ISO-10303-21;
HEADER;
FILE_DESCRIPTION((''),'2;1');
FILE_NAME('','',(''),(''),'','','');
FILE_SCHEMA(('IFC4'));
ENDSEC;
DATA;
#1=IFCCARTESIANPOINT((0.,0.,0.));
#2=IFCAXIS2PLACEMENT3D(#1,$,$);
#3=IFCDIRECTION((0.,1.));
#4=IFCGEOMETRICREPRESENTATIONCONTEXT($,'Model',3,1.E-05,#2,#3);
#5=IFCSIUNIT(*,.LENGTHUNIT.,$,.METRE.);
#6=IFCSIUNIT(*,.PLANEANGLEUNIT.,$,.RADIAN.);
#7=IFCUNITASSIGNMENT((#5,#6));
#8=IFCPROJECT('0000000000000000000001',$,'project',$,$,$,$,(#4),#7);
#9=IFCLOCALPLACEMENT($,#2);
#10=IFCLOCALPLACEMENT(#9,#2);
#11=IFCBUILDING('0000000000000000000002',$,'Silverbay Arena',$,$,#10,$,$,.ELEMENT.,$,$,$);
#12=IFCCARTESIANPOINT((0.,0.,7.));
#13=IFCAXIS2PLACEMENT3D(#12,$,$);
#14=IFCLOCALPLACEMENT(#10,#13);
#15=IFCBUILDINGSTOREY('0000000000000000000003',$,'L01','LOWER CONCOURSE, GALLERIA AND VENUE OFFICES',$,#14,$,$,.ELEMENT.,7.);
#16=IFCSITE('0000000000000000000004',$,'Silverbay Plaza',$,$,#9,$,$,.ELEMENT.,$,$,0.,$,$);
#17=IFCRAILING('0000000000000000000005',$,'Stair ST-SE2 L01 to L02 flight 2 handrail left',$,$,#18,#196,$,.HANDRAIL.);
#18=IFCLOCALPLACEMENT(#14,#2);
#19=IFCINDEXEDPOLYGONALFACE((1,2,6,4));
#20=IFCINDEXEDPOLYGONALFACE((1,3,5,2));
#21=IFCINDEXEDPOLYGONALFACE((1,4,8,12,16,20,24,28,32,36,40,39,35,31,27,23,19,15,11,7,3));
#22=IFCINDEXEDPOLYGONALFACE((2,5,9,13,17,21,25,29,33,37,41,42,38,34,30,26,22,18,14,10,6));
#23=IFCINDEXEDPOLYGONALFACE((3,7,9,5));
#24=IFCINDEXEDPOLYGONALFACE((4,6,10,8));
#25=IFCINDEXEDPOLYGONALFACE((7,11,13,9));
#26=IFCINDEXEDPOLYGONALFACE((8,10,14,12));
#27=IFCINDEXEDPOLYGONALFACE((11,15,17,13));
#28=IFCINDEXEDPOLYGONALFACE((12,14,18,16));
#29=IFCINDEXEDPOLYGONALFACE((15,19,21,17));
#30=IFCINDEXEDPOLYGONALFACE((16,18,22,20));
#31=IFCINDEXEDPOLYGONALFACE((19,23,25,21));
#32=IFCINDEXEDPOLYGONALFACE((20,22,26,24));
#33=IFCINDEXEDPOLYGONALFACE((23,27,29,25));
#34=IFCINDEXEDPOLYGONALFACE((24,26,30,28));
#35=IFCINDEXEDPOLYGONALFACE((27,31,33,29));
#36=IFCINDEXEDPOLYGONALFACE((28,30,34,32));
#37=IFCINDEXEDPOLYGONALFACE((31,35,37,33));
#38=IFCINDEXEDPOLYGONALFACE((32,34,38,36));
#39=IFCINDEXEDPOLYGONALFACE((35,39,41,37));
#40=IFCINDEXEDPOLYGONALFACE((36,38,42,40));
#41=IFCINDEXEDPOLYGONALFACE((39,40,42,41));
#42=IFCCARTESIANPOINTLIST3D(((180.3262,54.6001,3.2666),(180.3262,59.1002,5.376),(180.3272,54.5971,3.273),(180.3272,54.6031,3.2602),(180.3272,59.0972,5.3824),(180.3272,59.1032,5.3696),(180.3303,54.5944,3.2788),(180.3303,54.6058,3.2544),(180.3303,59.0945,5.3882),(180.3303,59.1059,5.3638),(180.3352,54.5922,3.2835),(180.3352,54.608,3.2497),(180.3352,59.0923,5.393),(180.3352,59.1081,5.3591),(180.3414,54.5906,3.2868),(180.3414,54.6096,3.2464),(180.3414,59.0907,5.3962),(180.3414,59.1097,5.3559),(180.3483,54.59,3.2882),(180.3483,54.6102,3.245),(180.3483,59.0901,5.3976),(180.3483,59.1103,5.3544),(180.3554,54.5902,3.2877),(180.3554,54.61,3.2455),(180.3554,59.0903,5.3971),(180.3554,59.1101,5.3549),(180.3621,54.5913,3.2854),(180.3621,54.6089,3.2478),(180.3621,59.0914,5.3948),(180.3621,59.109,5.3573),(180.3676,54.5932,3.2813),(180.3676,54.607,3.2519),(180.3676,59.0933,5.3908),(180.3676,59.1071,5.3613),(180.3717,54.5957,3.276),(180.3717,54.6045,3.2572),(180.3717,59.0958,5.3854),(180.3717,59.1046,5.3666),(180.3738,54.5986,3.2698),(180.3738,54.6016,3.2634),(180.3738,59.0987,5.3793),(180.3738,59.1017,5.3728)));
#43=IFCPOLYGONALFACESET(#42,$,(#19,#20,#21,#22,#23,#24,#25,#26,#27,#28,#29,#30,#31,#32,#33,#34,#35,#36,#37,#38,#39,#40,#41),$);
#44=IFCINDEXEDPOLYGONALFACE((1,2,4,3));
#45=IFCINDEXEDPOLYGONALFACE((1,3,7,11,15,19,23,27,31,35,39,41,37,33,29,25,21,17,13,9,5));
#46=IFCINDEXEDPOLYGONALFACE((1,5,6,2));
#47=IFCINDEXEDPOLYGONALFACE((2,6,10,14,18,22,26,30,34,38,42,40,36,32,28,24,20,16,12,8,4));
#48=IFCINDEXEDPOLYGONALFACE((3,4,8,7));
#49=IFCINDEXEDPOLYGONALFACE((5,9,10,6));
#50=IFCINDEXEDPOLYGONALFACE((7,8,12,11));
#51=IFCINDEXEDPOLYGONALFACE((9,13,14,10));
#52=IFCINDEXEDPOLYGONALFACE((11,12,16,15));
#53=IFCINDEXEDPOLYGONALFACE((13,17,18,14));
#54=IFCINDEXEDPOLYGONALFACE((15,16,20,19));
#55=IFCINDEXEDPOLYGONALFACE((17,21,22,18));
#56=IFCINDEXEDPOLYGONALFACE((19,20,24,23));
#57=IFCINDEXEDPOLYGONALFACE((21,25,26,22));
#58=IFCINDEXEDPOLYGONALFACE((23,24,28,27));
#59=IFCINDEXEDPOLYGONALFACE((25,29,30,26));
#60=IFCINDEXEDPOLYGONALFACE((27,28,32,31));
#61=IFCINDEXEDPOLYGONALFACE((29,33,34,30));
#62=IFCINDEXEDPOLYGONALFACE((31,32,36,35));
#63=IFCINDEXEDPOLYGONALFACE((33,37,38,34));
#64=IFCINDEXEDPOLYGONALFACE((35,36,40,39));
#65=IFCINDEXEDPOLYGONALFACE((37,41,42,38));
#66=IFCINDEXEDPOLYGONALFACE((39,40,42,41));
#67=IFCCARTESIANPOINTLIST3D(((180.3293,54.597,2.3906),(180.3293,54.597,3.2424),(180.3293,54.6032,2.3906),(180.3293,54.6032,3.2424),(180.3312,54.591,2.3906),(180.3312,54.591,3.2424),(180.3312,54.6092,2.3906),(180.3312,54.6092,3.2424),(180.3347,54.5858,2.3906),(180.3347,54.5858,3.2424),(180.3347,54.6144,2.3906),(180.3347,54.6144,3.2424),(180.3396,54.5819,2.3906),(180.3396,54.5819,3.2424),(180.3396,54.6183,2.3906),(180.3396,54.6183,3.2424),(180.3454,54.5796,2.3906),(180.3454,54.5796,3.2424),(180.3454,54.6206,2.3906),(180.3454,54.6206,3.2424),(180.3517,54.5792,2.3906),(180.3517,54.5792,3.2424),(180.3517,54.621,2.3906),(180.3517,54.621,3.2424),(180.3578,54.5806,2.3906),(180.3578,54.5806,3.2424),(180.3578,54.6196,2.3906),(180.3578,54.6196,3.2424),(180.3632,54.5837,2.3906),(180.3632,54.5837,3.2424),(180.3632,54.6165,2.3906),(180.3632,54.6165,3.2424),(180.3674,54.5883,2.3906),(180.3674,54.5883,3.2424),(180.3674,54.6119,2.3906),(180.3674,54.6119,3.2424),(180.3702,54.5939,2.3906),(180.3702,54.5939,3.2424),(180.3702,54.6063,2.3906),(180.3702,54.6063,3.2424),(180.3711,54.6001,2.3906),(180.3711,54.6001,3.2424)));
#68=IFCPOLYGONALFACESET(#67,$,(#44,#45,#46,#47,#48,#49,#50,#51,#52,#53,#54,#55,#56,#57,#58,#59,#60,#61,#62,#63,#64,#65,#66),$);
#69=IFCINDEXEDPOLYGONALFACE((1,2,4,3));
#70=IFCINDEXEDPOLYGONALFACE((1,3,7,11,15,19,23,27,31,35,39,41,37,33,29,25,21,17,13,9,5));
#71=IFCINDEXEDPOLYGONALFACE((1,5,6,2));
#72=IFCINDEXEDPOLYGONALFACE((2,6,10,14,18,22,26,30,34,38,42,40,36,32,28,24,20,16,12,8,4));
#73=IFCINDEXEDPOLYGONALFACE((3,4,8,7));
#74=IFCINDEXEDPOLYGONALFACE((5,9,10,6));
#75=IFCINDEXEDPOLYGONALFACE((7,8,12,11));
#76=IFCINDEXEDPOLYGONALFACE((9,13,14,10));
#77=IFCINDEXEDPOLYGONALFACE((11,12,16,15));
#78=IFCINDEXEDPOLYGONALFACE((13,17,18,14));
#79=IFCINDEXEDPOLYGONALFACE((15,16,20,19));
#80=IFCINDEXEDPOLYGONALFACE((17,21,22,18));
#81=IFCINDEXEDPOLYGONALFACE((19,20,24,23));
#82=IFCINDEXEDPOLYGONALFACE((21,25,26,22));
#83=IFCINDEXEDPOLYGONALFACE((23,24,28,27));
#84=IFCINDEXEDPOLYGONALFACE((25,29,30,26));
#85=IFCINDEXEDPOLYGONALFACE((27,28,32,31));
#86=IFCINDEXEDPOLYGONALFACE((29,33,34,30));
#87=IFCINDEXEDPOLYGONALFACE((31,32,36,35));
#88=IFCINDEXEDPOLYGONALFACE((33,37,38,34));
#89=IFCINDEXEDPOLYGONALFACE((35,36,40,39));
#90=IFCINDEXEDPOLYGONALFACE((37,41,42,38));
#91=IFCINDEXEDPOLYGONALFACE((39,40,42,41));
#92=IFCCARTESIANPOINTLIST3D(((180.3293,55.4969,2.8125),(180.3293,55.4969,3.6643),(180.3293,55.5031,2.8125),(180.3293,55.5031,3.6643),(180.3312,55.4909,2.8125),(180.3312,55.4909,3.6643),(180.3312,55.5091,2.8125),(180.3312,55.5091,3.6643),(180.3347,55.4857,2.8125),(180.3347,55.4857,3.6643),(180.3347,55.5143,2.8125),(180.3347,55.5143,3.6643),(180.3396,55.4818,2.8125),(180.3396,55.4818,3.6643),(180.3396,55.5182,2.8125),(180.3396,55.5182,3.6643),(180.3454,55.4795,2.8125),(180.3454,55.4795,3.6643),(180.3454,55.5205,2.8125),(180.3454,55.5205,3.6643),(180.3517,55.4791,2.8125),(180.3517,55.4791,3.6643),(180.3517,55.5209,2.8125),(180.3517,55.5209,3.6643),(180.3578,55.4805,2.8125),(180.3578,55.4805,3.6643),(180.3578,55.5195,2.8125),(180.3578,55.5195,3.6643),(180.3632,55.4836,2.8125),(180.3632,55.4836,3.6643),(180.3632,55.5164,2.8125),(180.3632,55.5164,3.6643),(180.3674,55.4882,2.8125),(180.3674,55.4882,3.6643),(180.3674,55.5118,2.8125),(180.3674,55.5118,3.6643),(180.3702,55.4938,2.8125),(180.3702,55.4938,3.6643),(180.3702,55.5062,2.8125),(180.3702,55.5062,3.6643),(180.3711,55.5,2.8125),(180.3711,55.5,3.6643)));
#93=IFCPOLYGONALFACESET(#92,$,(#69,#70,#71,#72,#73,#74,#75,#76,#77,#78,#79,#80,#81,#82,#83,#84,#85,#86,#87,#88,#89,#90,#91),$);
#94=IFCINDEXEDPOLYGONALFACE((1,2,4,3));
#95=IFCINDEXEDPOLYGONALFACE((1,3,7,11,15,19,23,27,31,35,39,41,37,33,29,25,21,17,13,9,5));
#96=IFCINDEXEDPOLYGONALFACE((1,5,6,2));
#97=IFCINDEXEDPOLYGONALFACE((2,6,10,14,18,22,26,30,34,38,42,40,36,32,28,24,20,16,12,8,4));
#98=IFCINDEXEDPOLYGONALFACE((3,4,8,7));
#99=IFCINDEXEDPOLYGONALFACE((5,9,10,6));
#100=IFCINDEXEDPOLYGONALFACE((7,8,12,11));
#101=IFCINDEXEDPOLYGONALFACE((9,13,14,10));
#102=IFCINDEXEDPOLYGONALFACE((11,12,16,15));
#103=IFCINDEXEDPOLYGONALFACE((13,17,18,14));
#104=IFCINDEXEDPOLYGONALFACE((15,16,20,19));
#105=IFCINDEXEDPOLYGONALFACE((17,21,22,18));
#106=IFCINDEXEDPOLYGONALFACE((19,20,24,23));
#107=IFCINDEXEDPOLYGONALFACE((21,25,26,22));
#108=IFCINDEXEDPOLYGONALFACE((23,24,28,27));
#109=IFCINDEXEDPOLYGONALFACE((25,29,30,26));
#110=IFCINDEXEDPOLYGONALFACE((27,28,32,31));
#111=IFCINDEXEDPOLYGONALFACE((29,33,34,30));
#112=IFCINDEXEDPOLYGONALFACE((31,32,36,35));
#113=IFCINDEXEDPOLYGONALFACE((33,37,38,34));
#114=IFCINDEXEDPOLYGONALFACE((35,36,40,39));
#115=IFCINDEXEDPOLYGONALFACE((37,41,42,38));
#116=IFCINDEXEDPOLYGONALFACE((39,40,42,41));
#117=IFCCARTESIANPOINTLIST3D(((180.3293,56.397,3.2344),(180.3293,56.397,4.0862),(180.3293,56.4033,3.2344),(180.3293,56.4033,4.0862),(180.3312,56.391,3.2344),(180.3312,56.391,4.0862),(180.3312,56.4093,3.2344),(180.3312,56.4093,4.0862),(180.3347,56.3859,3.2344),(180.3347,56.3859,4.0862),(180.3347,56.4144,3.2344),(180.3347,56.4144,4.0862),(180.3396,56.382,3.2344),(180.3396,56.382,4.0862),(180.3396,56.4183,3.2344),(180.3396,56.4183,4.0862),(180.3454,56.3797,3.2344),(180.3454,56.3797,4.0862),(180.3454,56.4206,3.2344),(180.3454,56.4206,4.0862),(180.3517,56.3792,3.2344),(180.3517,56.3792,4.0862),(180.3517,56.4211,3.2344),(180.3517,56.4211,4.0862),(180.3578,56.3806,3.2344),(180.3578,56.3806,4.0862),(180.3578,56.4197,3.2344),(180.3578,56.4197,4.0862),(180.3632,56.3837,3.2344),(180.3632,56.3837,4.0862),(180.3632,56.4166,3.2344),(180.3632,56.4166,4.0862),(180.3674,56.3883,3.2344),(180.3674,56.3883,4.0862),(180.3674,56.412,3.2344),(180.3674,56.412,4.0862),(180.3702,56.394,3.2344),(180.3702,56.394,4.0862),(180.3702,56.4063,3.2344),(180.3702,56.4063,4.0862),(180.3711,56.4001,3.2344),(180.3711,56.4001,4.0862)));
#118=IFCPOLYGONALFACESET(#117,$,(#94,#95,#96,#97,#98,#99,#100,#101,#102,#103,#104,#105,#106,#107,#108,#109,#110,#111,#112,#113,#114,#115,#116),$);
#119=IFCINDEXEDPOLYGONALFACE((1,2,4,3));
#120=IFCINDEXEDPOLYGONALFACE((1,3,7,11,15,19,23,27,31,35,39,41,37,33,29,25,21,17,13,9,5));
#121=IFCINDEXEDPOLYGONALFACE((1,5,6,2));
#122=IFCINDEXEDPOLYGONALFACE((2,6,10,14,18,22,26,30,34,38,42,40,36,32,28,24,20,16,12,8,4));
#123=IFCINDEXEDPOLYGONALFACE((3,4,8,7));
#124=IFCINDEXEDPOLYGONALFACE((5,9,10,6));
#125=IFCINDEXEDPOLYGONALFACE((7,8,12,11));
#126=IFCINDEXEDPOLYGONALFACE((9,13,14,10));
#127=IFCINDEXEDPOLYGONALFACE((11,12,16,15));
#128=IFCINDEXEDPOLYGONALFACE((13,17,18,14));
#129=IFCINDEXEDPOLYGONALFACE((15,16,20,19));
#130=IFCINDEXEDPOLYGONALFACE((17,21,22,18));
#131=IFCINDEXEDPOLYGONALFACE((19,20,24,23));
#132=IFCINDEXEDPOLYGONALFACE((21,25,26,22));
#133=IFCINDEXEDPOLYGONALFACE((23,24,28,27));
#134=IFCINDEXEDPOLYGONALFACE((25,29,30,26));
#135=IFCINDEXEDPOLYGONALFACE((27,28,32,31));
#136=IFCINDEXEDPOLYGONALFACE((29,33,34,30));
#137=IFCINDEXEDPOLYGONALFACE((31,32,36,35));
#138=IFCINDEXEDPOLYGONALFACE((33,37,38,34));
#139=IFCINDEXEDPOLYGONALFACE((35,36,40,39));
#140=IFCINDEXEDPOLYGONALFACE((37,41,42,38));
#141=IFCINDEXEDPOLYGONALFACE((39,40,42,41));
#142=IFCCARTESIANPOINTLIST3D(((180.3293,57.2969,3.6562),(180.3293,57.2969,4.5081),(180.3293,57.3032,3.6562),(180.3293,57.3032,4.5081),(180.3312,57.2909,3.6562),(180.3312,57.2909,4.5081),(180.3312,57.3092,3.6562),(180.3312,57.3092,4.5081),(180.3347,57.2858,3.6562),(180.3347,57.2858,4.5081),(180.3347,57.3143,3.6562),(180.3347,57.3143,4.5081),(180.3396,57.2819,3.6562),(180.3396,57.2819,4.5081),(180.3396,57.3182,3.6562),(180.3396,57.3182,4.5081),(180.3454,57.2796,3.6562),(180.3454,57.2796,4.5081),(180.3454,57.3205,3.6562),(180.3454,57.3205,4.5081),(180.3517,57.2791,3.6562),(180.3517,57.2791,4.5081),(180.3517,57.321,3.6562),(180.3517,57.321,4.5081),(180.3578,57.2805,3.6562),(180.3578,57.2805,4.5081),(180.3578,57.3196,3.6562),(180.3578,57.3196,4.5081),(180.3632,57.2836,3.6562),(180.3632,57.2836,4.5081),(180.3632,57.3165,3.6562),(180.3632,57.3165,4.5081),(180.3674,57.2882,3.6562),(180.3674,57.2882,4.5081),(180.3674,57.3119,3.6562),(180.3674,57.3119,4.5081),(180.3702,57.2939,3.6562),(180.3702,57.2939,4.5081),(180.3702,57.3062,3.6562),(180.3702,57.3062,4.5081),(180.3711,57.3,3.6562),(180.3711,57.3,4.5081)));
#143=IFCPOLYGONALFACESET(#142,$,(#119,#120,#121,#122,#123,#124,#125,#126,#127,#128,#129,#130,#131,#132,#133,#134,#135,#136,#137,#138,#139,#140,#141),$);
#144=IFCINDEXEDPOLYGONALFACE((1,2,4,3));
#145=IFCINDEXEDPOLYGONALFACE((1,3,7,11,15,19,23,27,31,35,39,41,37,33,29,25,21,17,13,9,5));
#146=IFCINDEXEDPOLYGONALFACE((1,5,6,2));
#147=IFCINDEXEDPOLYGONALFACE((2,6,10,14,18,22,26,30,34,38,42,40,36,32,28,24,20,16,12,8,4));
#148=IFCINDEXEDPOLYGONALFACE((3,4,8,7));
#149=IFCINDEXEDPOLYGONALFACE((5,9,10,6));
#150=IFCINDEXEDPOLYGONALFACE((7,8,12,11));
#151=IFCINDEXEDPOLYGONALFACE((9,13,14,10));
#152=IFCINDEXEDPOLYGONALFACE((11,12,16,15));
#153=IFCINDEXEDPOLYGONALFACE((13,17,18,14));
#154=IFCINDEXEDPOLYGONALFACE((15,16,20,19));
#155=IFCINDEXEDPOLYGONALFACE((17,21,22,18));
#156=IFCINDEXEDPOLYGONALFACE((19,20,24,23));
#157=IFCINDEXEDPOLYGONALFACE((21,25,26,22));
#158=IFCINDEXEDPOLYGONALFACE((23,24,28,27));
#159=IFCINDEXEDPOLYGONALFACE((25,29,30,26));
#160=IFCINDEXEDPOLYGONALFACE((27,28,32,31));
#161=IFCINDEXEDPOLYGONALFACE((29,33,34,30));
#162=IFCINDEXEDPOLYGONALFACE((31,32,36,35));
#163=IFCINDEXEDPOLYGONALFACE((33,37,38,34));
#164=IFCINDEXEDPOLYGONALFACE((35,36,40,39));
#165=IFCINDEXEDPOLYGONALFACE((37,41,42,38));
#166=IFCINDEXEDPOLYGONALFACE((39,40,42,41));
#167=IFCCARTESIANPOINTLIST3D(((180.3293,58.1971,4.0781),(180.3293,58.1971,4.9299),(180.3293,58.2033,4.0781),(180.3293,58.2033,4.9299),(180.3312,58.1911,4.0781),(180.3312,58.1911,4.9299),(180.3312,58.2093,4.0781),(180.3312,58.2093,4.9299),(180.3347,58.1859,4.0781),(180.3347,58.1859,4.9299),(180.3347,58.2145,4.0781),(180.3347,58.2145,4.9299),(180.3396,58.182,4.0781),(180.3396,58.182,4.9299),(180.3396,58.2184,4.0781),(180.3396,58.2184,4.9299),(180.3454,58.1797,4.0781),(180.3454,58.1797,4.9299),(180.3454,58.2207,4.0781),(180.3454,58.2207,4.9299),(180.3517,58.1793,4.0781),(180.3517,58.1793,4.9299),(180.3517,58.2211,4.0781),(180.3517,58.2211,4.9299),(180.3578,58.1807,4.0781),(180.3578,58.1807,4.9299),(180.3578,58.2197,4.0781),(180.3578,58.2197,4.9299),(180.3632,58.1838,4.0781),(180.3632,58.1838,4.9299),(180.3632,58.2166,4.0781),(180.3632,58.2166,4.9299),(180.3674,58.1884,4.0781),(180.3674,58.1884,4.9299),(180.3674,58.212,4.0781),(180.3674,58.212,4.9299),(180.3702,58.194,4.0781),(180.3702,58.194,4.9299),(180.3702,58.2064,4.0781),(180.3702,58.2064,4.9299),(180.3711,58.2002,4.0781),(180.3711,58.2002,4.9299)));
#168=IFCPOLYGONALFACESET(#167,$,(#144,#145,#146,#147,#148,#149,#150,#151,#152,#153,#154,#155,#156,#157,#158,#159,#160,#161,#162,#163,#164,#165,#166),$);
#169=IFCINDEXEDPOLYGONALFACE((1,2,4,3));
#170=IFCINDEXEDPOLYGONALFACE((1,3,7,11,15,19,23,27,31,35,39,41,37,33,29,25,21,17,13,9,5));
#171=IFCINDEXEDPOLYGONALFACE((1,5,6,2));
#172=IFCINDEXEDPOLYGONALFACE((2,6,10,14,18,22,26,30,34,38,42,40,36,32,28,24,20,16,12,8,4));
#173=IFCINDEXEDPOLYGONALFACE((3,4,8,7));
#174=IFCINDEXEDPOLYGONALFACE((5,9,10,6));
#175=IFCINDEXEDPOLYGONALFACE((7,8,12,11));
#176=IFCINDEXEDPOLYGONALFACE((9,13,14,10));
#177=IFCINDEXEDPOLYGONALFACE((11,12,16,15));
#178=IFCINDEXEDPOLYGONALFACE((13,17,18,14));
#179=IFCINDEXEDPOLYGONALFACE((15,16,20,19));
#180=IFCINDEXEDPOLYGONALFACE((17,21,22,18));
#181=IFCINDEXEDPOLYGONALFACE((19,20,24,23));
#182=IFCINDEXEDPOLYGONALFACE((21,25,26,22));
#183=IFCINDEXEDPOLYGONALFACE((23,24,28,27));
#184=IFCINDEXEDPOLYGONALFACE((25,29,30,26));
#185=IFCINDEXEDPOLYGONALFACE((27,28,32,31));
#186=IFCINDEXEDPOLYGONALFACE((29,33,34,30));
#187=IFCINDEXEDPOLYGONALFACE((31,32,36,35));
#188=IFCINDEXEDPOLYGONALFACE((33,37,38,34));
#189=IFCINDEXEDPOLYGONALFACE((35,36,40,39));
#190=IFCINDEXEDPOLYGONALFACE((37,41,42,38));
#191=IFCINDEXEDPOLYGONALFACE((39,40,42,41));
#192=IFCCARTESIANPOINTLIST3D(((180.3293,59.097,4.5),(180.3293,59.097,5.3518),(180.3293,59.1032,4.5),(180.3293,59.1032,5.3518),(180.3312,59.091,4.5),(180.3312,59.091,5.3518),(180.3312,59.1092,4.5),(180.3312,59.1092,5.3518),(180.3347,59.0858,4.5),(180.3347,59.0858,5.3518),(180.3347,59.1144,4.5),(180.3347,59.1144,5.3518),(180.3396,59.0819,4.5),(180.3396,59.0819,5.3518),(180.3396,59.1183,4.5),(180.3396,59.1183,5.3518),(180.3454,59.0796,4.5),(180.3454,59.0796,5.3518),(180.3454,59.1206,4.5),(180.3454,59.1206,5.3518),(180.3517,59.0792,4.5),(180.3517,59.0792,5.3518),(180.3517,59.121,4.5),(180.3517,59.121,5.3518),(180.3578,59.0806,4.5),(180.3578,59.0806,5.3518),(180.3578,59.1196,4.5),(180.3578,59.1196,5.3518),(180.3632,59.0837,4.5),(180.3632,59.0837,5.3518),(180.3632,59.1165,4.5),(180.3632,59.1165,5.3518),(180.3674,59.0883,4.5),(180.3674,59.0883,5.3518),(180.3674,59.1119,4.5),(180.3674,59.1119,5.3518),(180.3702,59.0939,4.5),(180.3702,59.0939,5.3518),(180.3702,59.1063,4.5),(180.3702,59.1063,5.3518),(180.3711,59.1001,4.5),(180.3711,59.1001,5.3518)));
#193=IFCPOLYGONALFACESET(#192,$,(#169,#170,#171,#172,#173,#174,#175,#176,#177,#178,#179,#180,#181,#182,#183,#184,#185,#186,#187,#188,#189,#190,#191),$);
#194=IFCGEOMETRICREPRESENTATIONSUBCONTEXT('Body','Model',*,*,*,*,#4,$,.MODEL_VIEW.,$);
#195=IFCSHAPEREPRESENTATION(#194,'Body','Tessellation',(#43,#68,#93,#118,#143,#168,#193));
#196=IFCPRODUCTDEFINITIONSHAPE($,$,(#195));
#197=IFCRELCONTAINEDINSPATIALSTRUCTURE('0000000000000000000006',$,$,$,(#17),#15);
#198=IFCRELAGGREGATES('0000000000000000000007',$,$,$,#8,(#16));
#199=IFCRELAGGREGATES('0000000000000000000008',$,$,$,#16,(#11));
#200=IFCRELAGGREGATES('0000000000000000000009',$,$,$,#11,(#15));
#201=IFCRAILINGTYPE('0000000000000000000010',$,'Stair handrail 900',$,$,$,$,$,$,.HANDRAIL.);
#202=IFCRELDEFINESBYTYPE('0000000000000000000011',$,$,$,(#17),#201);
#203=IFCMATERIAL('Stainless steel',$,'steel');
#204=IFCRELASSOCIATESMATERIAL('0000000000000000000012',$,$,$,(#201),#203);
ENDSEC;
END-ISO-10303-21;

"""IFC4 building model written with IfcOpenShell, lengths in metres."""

from ifc_helpers import new_model, si_unit, direction, frame, origin, origin_2d, place, context, subcontext, project, spatial, circle, extrude, material, type_object, element, save


model = new_model("IFC4")

# Units and contexts
model_context = context("Model", 3, precision=1e-05, world=origin(), true_north=direction((0.0, 1.0)))
body_context = subcontext(model_context, "Body", "Model", "MODEL_VIEW")
ifc_project = project(units=[si_unit("LENGTHUNIT", "METRE"), si_unit("PLANEANGLEUNIT", "RADIAN")], contexts=[model_context])

# Site, building, storey
site_placement = place(None, origin())
site = spatial("IfcSite", under=ifc_project, at=site_placement, Name="Silverbay Plaza", CompositionType="ELEMENT", RefElevation=0.0)
building_placement = place(site_placement, origin())
building = spatial("IfcBuilding", under=site, at=building_placement, Name="Silverbay Arena", CompositionType="ELEMENT")
storey_placement = place(building_placement, frame((0.0, 0.0, 7.0)))
storey = spatial("IfcBuildingStorey", under=building, at=storey_placement, Name="L01", Description="LOWER CONCOURSE, GALLERIA AND VENUE OFFICES", CompositionType="ELEMENT", Elevation=7.0)

# Railing
ifc_material_1 = material(Name="Stainless steel", Category="steel")
railing_type_1 = type_object("IfcRailingType", Name="Stair handrail 900", PredefinedType="HANDRAIL", material=ifc_material_1)
for number, where, name in (
    (1, (180.3501, 54.6001, 2.3906), "Stair ST-SE2 L01 to L02 flight 2 handrail left"),
):
    element("IfcRailing", number, at=place(storey_placement, frame(where)), inside=storey, type_object=railing_type_1, Name=name, PredefinedType="HANDRAIL", context=body_context, shape_type="SweptSolid", body=[
        extrude(circle(Radius=0.0239, at=origin_2d()), frame((0.0, 0.0, 0.876), z_axis=(0.0, 0.905459, 0.424434), x_axis=(-1.0, 0.0, 0.0)), (0.0, 0.0, 1.0), 4.97),
        extrude(circle(Radius=0.021, at=origin_2d()), origin(), (0.0, 0.0, 1.0), 0.8518),
        extrude(circle(Radius=0.021, at=origin_2d()), frame((0.0, 0.8999, 0.4219)), (0.0, 0.0, 1.0), 0.8518),
        extrude(circle(Radius=0.021, at=origin_2d()), frame((0.0, 1.8, 0.8438)), (0.0, 0.0, 1.0), 0.8518),
        extrude(circle(Radius=0.021, at=origin_2d()), frame((0.0, 2.7, 1.2656)), (0.0, 0.0, 1.0), 0.8518),
        extrude(circle(Radius=0.021, at=origin_2d()), frame((0.0, 3.6001, 1.6875)), (0.0, 0.0, 1.0), 0.8518),
        extrude(circle(Radius=0.021, at=origin_2d()), frame((0.0, 4.5, 2.1094)), (0.0, 0.0, 1.0), 0.8518),
    ])

save(model, "model.ifc")
